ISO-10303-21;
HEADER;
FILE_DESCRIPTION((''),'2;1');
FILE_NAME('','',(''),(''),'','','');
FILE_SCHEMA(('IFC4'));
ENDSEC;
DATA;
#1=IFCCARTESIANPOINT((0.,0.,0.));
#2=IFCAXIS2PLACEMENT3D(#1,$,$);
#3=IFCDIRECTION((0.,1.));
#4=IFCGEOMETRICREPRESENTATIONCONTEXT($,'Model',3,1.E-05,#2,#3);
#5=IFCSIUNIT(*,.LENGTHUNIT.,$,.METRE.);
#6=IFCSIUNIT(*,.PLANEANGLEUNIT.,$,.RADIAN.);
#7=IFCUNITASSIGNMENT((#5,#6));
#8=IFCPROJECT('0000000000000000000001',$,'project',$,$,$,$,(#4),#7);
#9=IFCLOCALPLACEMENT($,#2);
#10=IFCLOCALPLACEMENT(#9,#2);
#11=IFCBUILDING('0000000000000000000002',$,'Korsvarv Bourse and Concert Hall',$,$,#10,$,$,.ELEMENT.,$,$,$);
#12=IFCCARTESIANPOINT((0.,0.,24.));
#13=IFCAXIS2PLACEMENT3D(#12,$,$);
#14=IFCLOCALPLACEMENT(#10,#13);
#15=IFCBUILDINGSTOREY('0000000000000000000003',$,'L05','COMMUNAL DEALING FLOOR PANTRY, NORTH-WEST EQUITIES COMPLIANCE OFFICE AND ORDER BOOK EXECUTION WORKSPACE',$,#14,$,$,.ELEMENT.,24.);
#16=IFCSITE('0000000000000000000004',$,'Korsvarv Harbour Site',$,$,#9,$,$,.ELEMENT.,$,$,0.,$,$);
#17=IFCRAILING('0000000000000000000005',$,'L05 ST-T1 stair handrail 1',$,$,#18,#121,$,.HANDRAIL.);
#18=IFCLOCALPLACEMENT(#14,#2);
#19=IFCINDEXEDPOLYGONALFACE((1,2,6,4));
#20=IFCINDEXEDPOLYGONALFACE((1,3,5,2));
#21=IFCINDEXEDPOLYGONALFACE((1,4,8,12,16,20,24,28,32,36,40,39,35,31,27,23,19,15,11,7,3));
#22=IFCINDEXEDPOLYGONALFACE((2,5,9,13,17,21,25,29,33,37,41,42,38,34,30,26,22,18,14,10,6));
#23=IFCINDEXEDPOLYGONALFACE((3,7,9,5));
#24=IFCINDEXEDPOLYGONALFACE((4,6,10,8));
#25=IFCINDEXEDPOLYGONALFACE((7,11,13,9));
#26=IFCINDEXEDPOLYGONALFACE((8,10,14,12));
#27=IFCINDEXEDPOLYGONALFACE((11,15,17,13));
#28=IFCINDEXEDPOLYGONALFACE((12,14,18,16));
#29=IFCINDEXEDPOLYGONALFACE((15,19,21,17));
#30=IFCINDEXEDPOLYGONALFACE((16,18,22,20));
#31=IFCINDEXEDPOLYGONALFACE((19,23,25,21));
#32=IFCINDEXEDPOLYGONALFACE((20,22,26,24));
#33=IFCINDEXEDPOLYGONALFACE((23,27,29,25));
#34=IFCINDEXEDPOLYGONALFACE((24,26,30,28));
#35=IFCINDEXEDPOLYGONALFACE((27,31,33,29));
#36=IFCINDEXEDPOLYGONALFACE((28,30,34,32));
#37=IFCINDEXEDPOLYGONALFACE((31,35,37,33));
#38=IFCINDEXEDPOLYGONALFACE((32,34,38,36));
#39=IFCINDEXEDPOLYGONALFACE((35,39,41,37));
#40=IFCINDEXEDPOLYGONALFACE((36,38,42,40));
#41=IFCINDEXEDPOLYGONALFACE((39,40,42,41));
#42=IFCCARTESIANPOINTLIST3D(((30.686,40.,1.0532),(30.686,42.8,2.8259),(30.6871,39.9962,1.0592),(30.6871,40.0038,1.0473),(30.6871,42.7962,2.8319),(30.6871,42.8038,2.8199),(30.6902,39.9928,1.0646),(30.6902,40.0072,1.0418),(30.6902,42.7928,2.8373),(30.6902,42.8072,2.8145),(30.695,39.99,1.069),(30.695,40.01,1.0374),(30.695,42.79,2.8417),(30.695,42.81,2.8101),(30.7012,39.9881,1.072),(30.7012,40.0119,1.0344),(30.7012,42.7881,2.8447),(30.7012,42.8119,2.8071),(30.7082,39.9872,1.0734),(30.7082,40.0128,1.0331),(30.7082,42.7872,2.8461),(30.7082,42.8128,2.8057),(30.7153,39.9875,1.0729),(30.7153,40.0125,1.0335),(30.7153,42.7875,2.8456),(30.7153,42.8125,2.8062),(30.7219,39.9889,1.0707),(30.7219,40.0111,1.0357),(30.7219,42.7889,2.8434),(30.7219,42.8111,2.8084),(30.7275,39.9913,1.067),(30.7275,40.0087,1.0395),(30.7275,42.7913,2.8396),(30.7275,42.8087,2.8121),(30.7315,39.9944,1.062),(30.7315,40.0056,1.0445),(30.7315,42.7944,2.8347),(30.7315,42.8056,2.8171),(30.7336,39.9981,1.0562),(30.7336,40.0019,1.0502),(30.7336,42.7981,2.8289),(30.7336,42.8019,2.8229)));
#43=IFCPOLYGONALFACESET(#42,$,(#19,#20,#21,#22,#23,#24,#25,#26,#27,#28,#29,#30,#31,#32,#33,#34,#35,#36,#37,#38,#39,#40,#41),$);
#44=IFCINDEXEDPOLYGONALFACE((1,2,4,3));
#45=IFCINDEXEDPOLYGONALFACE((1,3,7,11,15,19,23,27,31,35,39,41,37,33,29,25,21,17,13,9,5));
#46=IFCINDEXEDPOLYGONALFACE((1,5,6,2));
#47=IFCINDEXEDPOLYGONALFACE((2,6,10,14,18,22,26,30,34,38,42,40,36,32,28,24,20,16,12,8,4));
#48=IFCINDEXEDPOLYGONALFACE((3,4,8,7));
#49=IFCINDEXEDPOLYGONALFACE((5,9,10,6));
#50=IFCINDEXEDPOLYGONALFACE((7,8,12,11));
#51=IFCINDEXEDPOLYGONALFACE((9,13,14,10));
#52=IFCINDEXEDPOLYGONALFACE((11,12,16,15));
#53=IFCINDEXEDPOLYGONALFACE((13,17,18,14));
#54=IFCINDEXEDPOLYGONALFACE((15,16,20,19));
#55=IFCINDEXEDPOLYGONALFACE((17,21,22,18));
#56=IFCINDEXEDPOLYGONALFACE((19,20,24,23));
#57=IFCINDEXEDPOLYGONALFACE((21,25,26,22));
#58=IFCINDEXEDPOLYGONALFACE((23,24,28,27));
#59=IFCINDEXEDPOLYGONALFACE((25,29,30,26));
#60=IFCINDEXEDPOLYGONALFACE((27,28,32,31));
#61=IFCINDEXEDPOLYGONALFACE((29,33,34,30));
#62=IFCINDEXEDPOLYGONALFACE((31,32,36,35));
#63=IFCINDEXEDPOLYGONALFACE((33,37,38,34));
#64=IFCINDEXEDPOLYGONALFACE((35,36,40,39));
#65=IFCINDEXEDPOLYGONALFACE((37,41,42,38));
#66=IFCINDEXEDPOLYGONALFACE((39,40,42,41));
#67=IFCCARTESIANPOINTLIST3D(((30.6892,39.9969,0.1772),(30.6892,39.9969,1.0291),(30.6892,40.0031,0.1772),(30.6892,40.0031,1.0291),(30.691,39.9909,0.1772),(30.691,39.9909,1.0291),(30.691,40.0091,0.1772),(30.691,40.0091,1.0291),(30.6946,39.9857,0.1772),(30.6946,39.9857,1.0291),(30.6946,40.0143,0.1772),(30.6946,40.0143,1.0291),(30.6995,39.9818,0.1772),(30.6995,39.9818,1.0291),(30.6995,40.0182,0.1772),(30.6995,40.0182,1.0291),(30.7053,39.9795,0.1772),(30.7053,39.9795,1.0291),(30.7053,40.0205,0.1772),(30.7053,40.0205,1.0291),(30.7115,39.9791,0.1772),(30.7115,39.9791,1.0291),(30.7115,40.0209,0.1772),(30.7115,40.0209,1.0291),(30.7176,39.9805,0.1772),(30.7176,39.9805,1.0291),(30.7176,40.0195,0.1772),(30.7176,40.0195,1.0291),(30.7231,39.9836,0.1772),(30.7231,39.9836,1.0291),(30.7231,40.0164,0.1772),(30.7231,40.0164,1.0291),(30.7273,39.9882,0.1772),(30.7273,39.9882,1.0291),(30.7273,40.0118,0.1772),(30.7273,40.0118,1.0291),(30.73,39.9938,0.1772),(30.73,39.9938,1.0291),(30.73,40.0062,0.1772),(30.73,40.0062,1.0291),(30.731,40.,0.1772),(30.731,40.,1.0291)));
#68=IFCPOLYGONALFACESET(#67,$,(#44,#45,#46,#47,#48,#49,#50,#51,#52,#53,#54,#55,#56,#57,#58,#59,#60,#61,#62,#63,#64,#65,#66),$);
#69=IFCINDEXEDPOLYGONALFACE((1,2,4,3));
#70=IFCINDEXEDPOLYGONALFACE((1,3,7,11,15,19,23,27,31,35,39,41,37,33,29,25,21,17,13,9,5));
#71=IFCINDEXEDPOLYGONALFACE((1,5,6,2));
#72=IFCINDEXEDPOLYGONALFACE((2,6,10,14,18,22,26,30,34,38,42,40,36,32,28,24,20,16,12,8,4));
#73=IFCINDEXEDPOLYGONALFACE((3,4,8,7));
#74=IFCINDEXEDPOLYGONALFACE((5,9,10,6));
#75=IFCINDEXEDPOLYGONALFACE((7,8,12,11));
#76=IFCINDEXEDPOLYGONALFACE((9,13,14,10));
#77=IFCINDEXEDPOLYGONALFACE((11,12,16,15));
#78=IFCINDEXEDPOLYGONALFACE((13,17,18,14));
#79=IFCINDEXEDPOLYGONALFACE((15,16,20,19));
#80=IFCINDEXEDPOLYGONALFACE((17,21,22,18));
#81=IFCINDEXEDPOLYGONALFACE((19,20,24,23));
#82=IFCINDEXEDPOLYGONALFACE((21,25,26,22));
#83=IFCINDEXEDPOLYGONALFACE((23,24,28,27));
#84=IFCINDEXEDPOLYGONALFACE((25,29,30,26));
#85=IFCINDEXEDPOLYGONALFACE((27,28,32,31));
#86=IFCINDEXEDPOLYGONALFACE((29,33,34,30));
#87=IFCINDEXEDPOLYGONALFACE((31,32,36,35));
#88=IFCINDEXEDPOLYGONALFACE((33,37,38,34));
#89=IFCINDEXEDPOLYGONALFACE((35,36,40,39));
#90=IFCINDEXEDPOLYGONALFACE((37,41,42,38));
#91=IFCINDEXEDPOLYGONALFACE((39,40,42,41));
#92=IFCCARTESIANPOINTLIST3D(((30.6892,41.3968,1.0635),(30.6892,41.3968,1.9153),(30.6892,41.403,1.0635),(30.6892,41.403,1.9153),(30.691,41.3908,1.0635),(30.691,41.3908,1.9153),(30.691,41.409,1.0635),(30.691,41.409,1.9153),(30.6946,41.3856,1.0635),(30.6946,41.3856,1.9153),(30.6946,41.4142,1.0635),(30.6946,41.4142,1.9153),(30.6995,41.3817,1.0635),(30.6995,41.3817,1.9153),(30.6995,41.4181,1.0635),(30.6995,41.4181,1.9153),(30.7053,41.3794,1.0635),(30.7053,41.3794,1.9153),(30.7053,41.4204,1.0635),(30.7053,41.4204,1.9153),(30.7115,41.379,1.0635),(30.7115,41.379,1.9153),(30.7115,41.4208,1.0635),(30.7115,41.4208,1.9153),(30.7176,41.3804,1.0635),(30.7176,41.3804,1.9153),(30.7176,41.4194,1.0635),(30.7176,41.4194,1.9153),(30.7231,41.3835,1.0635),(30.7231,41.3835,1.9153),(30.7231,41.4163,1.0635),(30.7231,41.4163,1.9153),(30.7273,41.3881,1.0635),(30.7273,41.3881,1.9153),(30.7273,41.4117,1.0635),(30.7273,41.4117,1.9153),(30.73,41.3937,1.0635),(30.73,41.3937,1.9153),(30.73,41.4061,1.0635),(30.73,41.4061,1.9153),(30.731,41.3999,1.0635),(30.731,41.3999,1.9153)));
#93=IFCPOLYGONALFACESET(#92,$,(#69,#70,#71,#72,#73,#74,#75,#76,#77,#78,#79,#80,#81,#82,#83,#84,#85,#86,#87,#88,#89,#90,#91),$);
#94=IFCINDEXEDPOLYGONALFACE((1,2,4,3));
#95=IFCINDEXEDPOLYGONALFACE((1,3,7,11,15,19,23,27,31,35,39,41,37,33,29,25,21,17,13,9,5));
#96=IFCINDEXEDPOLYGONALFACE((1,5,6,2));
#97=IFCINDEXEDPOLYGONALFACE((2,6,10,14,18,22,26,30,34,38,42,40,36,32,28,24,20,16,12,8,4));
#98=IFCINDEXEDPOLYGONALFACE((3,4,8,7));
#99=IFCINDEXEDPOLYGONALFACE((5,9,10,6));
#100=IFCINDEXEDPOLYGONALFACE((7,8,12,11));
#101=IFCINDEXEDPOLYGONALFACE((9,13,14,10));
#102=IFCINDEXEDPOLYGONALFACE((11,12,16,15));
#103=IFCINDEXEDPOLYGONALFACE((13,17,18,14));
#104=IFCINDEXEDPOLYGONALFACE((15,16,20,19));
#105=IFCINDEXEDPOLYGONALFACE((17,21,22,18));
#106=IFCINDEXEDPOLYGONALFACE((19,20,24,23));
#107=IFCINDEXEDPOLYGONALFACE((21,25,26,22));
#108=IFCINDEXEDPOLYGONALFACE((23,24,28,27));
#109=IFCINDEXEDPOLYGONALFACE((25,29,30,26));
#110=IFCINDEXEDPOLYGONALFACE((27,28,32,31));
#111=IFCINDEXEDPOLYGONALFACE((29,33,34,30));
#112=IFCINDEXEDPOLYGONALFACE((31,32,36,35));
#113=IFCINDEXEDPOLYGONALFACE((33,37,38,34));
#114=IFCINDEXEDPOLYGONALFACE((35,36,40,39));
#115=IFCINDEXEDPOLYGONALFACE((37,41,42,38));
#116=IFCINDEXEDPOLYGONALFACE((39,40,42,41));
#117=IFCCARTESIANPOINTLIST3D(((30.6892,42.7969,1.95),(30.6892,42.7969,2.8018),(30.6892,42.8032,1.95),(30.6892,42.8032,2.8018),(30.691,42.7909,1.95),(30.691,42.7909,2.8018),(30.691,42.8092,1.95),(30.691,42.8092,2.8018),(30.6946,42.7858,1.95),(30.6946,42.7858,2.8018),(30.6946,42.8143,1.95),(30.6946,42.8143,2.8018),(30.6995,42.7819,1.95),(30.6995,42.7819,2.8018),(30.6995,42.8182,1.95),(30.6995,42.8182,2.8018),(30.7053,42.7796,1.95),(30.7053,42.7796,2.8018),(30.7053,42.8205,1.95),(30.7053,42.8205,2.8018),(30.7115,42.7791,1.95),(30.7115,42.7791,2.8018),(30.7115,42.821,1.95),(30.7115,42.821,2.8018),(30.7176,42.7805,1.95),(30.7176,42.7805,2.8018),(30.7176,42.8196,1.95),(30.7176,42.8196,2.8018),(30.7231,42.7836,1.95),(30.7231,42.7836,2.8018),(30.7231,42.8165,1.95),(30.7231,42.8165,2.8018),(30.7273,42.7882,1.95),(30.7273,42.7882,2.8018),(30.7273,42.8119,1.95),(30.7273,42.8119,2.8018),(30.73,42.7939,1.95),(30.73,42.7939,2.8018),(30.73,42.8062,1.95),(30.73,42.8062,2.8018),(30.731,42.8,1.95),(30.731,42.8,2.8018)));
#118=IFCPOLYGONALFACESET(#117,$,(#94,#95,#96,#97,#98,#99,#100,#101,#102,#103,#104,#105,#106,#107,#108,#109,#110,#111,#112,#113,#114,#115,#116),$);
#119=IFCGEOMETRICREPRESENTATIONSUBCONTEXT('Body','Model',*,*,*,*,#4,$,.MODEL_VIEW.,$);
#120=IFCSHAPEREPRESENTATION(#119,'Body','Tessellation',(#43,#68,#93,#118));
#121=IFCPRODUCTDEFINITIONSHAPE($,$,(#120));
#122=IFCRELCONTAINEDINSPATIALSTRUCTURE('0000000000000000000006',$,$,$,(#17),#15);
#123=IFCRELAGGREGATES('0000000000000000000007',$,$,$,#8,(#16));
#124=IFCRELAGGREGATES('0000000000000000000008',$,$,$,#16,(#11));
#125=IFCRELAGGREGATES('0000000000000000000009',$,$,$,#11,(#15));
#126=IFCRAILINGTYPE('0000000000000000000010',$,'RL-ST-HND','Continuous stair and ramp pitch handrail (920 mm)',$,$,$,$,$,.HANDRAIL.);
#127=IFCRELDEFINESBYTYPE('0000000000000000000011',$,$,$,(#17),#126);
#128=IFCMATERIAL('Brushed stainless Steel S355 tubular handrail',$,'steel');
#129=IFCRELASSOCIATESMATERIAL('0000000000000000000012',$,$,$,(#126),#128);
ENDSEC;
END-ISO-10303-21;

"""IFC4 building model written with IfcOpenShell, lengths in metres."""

from ifc_helpers import new_model, si_unit, direction, frame, origin, origin_2d, place, context, subcontext, project, spatial, circle, extrude, material, type_object, element, save


model = new_model("IFC4")

# Units and contexts
model_context = context("Model", 3, precision=1e-05, world=origin(), true_north=direction((0.0, 1.0)))
body_context = subcontext(model_context, "Body", "Model", "MODEL_VIEW")
ifc_project = project(units=[si_unit("LENGTHUNIT", "METRE"), si_unit("PLANEANGLEUNIT", "RADIAN")], contexts=[model_context])

# Site, building, storey
site_placement = place(None, origin())
site = spatial("IfcSite", under=ifc_project, at=site_placement, Name="Korsvarv Harbour Site", CompositionType="ELEMENT", RefElevation=0.0)
building_placement = place(site_placement, origin())
building = spatial("IfcBuilding", under=site, at=building_placement, Name="Korsvarv Bourse and Concert Hall", CompositionType="ELEMENT")
storey_placement = place(building_placement, frame((0.0, 0.0, 24.0)))
storey = spatial("IfcBuildingStorey", under=building, at=storey_placement, Name="L05", Description="COMMUNAL DEALING FLOOR PANTRY, NORTH-WEST EQUITIES COMPLIANCE OFFICE AND ORDER BOOK EXECUTION WORKSPACE", CompositionType="ELEMENT", Elevation=24.0)

# Railing
ifc_material_1 = material(Name="Brushed stainless Steel S355 tubular handrail", Category="steel")
railing_type_1 = type_object("IfcRailingType", Name="RL-ST-HND", Description="Continuous stair and ramp pitch handrail (920 mm)", PredefinedType="HANDRAIL", material=ifc_material_1)
railing_1_placement = place(storey_placement, frame((30.71, 40.0, 0.1772)))
element("IfcRailing", 1, at=railing_1_placement, inside=storey, type_object=railing_type_1, Name="L05 ST-T1 stair handrail 1", PredefinedType="HANDRAIL", context=body_context, shape_type="SweptSolid", body=[
    extrude(circle(Radius=0.0239, at=origin_2d()), frame((0.0, 0.0, 0.876), z_axis=(0.0, 0.844909, 0.53491), x_axis=(-1.0, 0.0, 0.0)), (0.0, 0.0, 1.0), 3.314),
    extrude(circle(Radius=0.021, at=origin_2d()), origin(), (0.0, 0.0, 1.0), 0.8518),
    extrude(circle(Radius=0.021, at=origin_2d()), frame((0.0, 1.3999, 0.8862)), (0.0, 0.0, 1.0), 0.8518),
    extrude(circle(Radius=0.021, at=origin_2d()), frame((0.0, 2.8, 1.7727)), (0.0, 0.0, 1.0), 0.8518),
])

save(model, "model.ifc")
